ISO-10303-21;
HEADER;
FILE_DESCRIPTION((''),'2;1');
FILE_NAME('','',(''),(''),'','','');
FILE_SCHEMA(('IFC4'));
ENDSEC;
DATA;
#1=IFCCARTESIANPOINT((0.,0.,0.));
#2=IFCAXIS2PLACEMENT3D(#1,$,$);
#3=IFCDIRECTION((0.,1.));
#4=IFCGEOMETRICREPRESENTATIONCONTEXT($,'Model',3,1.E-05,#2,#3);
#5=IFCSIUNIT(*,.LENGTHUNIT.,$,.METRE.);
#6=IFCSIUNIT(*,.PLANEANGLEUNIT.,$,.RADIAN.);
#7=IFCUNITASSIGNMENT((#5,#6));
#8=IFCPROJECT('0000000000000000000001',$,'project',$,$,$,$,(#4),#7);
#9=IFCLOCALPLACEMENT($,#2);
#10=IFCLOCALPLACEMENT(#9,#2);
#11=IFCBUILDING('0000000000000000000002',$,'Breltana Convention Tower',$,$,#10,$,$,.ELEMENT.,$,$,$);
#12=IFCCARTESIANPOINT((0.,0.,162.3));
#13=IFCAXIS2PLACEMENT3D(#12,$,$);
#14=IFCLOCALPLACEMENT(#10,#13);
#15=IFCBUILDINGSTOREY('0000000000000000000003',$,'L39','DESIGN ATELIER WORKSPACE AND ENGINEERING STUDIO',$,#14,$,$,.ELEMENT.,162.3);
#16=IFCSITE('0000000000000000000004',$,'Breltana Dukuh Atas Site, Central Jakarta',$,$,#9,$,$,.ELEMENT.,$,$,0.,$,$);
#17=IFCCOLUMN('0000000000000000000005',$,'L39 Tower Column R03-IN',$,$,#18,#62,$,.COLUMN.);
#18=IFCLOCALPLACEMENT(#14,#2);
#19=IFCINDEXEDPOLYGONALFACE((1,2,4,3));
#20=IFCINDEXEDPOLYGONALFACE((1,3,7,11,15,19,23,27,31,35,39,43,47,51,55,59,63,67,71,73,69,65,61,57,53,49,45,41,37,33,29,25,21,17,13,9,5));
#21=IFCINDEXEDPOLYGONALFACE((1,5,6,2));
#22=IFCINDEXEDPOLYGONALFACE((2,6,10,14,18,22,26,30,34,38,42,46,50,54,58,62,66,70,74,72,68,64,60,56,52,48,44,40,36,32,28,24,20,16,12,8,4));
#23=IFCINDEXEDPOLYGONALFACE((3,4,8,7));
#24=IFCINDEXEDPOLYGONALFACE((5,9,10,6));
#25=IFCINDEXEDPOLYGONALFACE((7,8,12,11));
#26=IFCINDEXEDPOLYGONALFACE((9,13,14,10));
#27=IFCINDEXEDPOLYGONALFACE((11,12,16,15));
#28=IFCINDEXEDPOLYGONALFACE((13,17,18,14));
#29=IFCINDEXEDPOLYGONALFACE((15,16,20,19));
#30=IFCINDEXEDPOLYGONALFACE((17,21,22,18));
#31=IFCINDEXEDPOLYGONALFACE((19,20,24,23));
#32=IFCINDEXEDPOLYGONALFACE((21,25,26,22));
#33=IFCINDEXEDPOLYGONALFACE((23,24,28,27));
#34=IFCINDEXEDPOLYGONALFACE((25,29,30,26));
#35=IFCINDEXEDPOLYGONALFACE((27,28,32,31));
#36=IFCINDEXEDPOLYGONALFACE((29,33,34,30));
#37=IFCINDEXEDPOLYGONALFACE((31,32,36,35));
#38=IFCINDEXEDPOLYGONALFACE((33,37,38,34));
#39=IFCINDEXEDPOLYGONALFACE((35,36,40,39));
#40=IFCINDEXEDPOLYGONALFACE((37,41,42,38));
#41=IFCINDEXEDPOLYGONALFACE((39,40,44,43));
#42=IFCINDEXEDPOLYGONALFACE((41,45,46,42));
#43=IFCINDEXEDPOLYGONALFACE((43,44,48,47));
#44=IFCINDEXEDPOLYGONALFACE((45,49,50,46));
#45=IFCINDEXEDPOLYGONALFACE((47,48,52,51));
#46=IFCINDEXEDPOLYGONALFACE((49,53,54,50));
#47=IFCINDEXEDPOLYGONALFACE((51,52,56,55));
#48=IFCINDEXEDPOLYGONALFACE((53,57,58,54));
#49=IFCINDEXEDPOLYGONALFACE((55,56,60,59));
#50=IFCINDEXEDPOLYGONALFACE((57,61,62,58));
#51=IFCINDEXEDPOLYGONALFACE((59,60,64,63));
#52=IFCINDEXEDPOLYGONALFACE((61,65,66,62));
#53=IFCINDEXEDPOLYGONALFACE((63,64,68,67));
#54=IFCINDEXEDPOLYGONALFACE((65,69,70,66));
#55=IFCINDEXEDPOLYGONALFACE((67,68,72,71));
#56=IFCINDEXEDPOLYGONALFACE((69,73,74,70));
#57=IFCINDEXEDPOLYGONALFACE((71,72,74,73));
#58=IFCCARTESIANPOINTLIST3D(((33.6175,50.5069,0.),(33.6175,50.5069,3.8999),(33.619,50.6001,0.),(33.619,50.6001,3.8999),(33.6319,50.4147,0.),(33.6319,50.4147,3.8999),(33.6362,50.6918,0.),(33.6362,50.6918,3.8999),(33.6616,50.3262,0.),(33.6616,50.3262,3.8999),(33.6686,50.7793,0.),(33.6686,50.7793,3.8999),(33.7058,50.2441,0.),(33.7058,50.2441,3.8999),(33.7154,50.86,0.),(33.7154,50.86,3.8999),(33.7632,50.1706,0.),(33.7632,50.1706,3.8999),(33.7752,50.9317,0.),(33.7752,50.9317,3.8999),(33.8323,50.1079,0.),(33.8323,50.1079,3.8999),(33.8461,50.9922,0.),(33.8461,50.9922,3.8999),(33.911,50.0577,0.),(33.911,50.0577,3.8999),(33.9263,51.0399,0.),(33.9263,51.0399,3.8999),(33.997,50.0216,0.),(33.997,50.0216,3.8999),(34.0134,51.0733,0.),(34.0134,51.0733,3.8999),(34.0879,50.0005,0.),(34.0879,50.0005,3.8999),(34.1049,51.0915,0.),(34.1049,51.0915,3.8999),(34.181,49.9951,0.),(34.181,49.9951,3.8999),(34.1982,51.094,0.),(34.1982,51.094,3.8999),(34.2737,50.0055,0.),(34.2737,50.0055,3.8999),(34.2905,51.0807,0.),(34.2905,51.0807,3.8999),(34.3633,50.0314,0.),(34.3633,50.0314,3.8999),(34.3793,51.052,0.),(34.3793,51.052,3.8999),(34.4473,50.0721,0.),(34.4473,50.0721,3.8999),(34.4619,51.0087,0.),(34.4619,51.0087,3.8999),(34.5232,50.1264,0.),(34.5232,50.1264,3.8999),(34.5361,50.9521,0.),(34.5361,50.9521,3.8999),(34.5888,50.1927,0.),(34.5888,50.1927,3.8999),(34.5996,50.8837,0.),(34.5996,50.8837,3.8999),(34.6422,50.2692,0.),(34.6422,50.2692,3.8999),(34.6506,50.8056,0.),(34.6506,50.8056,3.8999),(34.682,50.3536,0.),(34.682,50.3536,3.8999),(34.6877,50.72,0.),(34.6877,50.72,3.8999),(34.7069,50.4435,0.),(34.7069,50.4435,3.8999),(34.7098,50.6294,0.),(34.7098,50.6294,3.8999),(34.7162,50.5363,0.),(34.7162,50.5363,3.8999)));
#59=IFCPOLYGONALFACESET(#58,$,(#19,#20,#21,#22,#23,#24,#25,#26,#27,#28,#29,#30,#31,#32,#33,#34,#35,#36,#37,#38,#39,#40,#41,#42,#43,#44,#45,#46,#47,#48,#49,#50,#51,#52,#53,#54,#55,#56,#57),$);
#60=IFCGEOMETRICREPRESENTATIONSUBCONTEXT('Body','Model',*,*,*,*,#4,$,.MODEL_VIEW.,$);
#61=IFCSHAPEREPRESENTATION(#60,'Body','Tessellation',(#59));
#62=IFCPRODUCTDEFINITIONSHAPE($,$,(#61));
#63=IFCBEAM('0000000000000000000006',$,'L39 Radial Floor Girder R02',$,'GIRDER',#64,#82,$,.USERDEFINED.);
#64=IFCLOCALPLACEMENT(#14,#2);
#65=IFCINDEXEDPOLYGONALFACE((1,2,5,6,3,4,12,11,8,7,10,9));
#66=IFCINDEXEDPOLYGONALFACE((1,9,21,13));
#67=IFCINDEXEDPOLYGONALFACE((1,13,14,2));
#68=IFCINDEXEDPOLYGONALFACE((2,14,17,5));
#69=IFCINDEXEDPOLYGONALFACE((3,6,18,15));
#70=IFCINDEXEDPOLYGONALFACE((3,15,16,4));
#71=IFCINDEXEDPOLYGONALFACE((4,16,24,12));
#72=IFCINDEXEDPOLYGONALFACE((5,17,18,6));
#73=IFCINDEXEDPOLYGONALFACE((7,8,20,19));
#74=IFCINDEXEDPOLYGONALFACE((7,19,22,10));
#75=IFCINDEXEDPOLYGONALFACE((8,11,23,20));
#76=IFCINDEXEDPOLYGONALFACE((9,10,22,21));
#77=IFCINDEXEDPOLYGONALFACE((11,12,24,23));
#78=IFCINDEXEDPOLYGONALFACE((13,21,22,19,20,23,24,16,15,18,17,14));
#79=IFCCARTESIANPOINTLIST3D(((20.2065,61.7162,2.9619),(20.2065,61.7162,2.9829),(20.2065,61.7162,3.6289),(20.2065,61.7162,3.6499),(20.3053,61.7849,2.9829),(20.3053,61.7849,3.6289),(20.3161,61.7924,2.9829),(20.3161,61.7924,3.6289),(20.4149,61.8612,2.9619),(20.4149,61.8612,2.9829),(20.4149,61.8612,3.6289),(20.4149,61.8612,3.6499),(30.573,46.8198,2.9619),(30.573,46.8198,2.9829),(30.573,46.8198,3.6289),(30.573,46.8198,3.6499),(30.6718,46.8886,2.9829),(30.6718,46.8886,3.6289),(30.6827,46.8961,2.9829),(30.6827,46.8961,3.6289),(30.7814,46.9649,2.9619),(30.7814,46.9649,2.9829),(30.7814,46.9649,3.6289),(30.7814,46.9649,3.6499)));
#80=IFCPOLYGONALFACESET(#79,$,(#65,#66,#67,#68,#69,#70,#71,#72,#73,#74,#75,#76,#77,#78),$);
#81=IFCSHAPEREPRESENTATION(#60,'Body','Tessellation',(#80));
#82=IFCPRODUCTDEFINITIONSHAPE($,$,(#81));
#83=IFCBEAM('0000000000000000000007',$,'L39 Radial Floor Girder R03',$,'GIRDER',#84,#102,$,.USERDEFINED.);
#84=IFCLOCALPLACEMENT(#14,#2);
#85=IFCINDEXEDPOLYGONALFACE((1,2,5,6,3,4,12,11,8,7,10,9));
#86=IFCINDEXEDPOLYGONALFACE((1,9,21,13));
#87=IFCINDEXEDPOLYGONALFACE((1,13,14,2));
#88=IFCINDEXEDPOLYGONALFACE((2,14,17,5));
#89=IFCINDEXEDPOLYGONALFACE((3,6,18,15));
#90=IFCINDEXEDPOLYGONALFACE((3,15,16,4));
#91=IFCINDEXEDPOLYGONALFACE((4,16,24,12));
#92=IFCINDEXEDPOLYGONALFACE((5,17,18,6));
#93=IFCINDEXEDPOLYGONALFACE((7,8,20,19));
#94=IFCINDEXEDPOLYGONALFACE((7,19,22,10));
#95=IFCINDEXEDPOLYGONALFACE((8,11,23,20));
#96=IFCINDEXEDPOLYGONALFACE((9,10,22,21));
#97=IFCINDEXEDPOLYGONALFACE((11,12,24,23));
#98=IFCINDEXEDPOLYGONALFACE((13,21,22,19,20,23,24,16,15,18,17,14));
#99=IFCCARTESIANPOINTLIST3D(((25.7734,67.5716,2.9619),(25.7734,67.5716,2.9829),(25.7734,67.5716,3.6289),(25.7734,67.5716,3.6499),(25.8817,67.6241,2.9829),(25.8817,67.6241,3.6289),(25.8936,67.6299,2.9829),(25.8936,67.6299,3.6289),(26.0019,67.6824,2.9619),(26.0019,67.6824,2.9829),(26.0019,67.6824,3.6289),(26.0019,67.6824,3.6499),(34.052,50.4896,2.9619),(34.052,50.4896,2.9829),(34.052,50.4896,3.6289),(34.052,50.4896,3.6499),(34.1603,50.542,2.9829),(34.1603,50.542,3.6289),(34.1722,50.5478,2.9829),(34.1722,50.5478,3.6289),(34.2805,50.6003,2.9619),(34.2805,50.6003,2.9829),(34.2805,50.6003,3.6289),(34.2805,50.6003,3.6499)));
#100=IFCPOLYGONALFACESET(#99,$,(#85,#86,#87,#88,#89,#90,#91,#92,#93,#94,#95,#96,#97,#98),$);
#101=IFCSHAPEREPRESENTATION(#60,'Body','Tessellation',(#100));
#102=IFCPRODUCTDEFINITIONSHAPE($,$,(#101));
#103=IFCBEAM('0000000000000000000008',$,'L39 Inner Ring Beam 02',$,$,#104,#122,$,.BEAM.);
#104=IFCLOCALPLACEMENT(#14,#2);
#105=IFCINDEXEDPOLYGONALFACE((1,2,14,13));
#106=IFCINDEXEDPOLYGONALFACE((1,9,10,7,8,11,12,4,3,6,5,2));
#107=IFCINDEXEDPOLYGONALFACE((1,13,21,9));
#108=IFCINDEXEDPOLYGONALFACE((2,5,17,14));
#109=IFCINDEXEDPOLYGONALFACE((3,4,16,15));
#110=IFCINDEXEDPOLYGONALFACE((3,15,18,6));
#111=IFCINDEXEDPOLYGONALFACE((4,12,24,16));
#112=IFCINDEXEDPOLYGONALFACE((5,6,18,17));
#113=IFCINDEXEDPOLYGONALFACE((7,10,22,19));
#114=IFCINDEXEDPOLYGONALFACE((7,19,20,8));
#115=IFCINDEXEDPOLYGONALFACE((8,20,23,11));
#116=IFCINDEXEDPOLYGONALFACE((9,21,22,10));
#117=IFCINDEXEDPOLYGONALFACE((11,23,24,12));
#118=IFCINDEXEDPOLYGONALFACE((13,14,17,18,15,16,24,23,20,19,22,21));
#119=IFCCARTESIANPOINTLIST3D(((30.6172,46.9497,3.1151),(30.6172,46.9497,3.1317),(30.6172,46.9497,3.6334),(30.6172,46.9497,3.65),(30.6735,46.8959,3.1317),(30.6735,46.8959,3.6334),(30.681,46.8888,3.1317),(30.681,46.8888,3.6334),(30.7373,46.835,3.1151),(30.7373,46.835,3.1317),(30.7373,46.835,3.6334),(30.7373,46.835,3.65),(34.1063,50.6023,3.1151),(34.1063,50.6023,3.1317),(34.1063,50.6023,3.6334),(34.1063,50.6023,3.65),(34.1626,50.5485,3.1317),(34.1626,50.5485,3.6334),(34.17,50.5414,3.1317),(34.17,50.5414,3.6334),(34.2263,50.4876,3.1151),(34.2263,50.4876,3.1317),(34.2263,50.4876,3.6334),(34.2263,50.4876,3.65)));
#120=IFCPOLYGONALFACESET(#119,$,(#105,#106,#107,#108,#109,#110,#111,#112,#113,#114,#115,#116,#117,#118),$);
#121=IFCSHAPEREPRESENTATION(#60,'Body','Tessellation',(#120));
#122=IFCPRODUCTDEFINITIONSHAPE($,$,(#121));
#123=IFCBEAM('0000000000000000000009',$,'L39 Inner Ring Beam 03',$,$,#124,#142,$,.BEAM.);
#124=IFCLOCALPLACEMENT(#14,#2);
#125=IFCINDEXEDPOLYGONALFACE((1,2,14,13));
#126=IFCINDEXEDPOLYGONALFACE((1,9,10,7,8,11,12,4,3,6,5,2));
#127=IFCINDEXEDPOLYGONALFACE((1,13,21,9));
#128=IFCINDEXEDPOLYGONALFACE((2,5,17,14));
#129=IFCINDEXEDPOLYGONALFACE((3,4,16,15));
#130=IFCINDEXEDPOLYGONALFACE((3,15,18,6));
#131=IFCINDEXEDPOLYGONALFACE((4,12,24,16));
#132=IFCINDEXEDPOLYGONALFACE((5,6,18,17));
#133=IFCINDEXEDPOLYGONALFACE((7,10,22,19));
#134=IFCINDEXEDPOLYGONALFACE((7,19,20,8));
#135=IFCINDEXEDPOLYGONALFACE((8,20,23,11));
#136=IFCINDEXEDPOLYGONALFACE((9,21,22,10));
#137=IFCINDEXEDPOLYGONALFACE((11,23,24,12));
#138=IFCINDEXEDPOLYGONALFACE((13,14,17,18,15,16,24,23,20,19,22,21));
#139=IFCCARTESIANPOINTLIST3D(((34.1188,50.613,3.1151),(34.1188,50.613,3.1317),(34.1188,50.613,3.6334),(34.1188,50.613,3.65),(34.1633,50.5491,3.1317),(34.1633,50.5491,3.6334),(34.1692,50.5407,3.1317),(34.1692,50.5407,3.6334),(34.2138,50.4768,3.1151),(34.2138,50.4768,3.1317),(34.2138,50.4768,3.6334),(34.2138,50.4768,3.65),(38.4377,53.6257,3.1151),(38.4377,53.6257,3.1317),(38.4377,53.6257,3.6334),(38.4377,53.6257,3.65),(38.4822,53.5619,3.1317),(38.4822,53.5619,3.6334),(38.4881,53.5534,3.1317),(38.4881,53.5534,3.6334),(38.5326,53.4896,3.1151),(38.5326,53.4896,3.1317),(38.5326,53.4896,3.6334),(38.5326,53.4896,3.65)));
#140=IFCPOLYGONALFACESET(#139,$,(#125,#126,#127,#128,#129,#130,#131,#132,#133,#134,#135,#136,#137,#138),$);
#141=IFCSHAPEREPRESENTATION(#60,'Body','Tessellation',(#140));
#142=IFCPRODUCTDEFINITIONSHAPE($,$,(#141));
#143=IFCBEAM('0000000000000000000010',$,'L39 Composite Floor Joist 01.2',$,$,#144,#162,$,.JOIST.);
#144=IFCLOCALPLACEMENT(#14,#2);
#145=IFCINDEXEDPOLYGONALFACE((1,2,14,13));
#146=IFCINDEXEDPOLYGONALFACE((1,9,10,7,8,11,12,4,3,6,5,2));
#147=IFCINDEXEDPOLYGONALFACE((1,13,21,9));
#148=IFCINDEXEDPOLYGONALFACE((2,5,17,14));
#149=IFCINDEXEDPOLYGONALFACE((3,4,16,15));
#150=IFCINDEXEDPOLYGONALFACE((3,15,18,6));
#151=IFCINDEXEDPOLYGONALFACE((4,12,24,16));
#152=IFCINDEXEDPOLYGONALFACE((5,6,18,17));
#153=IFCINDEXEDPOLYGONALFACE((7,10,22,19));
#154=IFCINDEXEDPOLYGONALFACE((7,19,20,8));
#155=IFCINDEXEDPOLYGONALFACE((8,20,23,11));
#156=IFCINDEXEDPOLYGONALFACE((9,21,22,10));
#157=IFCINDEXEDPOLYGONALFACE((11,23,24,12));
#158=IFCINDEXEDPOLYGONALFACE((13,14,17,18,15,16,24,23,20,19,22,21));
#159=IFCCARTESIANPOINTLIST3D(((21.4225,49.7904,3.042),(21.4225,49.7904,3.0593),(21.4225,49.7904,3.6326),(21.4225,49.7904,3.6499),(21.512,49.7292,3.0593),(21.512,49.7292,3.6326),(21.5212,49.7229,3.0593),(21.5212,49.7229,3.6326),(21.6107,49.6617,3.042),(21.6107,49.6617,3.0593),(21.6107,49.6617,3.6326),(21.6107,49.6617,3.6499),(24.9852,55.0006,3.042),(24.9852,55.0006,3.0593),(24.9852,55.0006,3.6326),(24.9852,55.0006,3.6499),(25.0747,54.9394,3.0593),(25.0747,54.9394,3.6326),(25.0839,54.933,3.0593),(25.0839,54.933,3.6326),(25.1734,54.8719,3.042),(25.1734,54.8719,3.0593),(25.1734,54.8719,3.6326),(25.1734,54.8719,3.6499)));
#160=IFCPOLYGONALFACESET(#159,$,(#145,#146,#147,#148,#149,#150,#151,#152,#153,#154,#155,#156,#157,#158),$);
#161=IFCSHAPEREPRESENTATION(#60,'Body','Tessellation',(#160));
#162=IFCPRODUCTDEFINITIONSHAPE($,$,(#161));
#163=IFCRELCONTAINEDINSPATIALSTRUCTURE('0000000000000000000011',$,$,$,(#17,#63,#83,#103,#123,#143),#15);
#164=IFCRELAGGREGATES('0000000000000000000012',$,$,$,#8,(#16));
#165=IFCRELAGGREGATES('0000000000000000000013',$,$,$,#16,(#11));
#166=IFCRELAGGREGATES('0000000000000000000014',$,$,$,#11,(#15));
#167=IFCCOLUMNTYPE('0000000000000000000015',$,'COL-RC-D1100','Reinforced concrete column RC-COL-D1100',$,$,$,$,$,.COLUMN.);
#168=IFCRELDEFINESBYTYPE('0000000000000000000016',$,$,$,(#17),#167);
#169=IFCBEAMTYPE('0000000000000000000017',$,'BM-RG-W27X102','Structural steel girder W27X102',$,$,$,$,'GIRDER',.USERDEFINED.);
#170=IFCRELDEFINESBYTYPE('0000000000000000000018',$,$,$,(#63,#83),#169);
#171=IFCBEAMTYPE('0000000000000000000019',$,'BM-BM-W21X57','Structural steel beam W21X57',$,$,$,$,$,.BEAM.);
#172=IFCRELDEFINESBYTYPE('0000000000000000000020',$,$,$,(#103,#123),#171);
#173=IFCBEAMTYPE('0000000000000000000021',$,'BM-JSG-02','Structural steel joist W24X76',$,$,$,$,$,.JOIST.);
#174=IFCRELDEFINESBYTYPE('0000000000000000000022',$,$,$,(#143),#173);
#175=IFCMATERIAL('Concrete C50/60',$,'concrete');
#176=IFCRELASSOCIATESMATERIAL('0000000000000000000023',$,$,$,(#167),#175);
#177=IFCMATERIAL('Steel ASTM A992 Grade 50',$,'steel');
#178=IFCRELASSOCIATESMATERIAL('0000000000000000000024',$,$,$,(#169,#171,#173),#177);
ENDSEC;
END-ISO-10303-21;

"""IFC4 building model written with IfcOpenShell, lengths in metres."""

from ifc_helpers import new_model, si_unit, direction, frame, origin, origin_2d, place, context, subcontext, project, spatial, circle, i_section, extrude, source, transform, mapped, material, material_profile, profile_set, type_object, element, save


model = new_model("IFC4")

# Units and contexts
model_context = context("Model", 3, precision=1e-05, world=origin(), true_north=direction((0.0, 1.0)))
body_context = subcontext(model_context, "Body", "Model", "MODEL_VIEW")
ifc_project = project(units=[si_unit("LENGTHUNIT", "METRE"), si_unit("PLANEANGLEUNIT", "RADIAN")], contexts=[model_context])

# Site, building, storey
site_placement = place(None, origin())
site = spatial("IfcSite", under=ifc_project, at=site_placement, Name="Breltana Dukuh Atas Site, Central Jakarta", CompositionType="ELEMENT", RefElevation=0.0)
building_placement = place(site_placement, origin())
building = spatial("IfcBuilding", under=site, at=building_placement, Name="Breltana Convention Tower", CompositionType="ELEMENT")
storey_placement = place(building_placement, frame((0.0, 0.0, 162.3)))
storey = spatial("IfcBuildingStorey", under=building, at=storey_placement, Name="L39", Description="DESIGN ATELIER WORKSPACE AND ENGINEERING STUDIO", CompositionType="ELEMENT", Elevation=162.3)

# Column
ifc_material_1 = material(Name="Concrete C50/60", Category="concrete")
ifc_material_profile_1 = material_profile(ifc_material_1, circle(Radius=0.55, at=origin_2d()), Name="RC-COL-D1100")
ifc_profile_set_1 = profile_set([ifc_material_profile_1], Name="Concrete C50/60")
column_type = type_object("IfcColumnType", Name="COL-RC-D1100", Description="Reinforced concrete column RC-COL-D1100", PredefinedType="COLUMN", material=ifc_profile_set_1)
shared_shape_1 = source(origin(), body_context, "Body", "SweptSolid", [
    extrude(circle(Radius=0.55, at=origin_2d()), origin(), (0.0, 0.0, 1.0), 3.8999),
])
for number, where, z_axis, x_axis, name in (
    (1, (34.1663, 50.5449, 0.0), (0.0, 0.0, 1.0), (-0.436174, 0.899863, 0.0), "L39 Tower Column R03-IN"),
):
    element("IfcColumn", number, at=place(storey_placement, frame(where, z_axis=z_axis, x_axis=x_axis)), inside=storey, type_object=column_type, Name=name, PredefinedType="COLUMN", context=body_context, shape_type="MappedRepresentation", body=[
        mapped(shared_shape_1, transform((0.0, 0.0, 0.0), scale=1.0)),
    ])

# Beams
ifc_material_2 = material(Name="Steel ASTM A992 Grade 50", Category="steel")
ifc_material_profile_2 = material_profile(ifc_material_2, i_section(OverallWidth=0.2539, OverallDepth=0.688, WebThickness=0.0132, FlangeThickness=0.021, at=origin_2d()), Name="W27X102")
ifc_profile_set_2 = profile_set([ifc_material_profile_2], Name="Steel ASTM A992 Grade 50")
beam_type_1 = type_object("IfcBeamType", Name="BM-RG-W27X102", Description="Structural steel girder W27X102", ElementType="GIRDER", PredefinedType="USERDEFINED", material=ifc_profile_set_2)
shared_shape_2 = source(origin(), body_context, "Body", "SweptSolid", [
    extrude(i_section(OverallWidth=0.2539, OverallDepth=0.688, WebThickness=0.0132, FlangeThickness=0.021, at=origin_2d()), origin(), (0.0, 0.0, 1.0), 18.1484),
])
beam_1_placement = place(storey_placement, frame((30.6772, 46.8923, 3.3059), z_axis=(-0.571208, 0.820806, 0.0), x_axis=(-0.820806, -0.571208, 0.0)))
element("IfcBeam", 2, at=beam_1_placement, inside=storey, type_object=beam_type_1, Name="L39 Radial Floor Girder R02", ObjectType="GIRDER", PredefinedType="USERDEFINED", context=body_context, shape_type="MappedRepresentation", body=[
    mapped(shared_shape_2, transform((0.0, 0.0, 0.0), scale=1.0)),
])
shared_shape_3 = source(origin(), body_context, "Body", "SweptSolid", [
    extrude(i_section(OverallWidth=0.2539, OverallDepth=0.688, WebThickness=0.0132, FlangeThickness=0.021, at=origin_2d()), origin(), (0.0, 0.0, 1.0), 18.9824),
])
beam_2_placement = place(storey_placement, frame((34.1663, 50.5449, 3.3059), z_axis=(-0.436119, 0.899889, 0.0), x_axis=(-0.899889, -0.436119, 0.0)))
element("IfcBeam", 3, at=beam_2_placement, inside=storey, type_object=beam_type_1, Name="L39 Radial Floor Girder R03", ObjectType="GIRDER", PredefinedType="USERDEFINED", context=body_context, shape_type="MappedRepresentation", body=[
    mapped(shared_shape_3, transform((0.0, 0.0, 0.0), scale=1.0)),
])
ifc_material_profile_3 = material_profile(ifc_material_2, i_section(OverallWidth=0.166, OverallDepth=0.5349, WebThickness=0.0103, FlangeThickness=0.0166, at=origin_2d()), Name="W21X57")
ifc_profile_set_3 = profile_set([ifc_material_profile_3], Name="Steel ASTM A992 Grade 50")
beam_type_2 = type_object("IfcBeamType", Name="BM-BM-W21X57", Description="Structural steel beam W21X57", PredefinedType="BEAM", material=ifc_profile_set_3)
shared_shape_4 = source(origin(), body_context, "Body", "SweptSolid", [
    extrude(i_section(OverallWidth=0.166, OverallDepth=0.5349, WebThickness=0.0103, FlangeThickness=0.0166, at=origin_2d()), origin(), (0.0, 0.0, 1.0), 5.0513),
])
beam_3_placement = place(storey_placement, frame((30.6772, 46.8923, 3.3826), z_axis=(0.69073, 0.723113, 0.0), x_axis=(-0.723113, 0.69073, 0.0)))
element("IfcBeam", 4, at=beam_3_placement, inside=storey, type_object=beam_type_2, Name="L39 Inner Ring Beam 02", PredefinedType="BEAM", context=body_context, shape_type="MappedRepresentation", body=[
    mapped(shared_shape_4, transform((0.0, 0.0, 0.0), scale=1.0)),
])
shared_shape_5 = source(origin(), body_context, "Body", "SweptSolid", [
    extrude(i_section(OverallWidth=0.166, OverallDepth=0.5349, WebThickness=0.0103, FlangeThickness=0.0166, at=origin_2d()), origin(), (0.0, 0.0, 1.0), 5.2659),
])
beam_4_placement = place(storey_placement, frame((34.1663, 50.5449, 3.3826), z_axis=(0.820167, 0.572124, 0.0), x_axis=(-0.572124, 0.820167, 0.0)))
element("IfcBeam", 5, at=beam_4_placement, inside=storey, type_object=beam_type_2, Name="L39 Inner Ring Beam 03", PredefinedType="BEAM", context=body_context, shape_type="MappedRepresentation", body=[
    mapped(shared_shape_5, transform((0.0, 0.0, 0.0), scale=1.0)),
])
ifc_material_profile_4 = material_profile(ifc_material_2, i_section(OverallWidth=0.228, OverallDepth=0.6079, WebThickness=0.0112, FlangeThickness=0.0173, at=origin_2d()), Name="W24X76")
ifc_profile_set_4 = profile_set([ifc_material_profile_4], Name="Steel ASTM A992 Grade 50")
beam_type_3 = type_object("IfcBeamType", Name="BM-JSG-02", Description="Structural steel joist W24X76", PredefinedType="JOIST", material=ifc_profile_set_4)
shared_shape_6 = source(origin(), body_context, "Body", "SweptSolid", [
    extrude(i_section(OverallWidth=0.228, OverallDepth=0.6079, WebThickness=0.0112, FlangeThickness=0.0173, at=origin_2d()), origin(), (0.0, 0.0, 1.0), 6.3118),
])
beam_5_placement = place(storey_placement, frame((21.5166, 49.7261, 3.3459), z_axis=(0.564454, 0.825465, 0.0), x_axis=(-0.825465, 0.564454, 0.0)))
element("IfcBeam", 6, at=beam_5_placement, inside=storey, type_object=beam_type_3, Name="L39 Composite Floor Joist 01.2", PredefinedType="JOIST", context=body_context, shape_type="MappedRepresentation", body=[
    mapped(shared_shape_6, transform((0.0, 0.0, 0.0), scale=1.0)),
])

save(model, "model.ifc")
